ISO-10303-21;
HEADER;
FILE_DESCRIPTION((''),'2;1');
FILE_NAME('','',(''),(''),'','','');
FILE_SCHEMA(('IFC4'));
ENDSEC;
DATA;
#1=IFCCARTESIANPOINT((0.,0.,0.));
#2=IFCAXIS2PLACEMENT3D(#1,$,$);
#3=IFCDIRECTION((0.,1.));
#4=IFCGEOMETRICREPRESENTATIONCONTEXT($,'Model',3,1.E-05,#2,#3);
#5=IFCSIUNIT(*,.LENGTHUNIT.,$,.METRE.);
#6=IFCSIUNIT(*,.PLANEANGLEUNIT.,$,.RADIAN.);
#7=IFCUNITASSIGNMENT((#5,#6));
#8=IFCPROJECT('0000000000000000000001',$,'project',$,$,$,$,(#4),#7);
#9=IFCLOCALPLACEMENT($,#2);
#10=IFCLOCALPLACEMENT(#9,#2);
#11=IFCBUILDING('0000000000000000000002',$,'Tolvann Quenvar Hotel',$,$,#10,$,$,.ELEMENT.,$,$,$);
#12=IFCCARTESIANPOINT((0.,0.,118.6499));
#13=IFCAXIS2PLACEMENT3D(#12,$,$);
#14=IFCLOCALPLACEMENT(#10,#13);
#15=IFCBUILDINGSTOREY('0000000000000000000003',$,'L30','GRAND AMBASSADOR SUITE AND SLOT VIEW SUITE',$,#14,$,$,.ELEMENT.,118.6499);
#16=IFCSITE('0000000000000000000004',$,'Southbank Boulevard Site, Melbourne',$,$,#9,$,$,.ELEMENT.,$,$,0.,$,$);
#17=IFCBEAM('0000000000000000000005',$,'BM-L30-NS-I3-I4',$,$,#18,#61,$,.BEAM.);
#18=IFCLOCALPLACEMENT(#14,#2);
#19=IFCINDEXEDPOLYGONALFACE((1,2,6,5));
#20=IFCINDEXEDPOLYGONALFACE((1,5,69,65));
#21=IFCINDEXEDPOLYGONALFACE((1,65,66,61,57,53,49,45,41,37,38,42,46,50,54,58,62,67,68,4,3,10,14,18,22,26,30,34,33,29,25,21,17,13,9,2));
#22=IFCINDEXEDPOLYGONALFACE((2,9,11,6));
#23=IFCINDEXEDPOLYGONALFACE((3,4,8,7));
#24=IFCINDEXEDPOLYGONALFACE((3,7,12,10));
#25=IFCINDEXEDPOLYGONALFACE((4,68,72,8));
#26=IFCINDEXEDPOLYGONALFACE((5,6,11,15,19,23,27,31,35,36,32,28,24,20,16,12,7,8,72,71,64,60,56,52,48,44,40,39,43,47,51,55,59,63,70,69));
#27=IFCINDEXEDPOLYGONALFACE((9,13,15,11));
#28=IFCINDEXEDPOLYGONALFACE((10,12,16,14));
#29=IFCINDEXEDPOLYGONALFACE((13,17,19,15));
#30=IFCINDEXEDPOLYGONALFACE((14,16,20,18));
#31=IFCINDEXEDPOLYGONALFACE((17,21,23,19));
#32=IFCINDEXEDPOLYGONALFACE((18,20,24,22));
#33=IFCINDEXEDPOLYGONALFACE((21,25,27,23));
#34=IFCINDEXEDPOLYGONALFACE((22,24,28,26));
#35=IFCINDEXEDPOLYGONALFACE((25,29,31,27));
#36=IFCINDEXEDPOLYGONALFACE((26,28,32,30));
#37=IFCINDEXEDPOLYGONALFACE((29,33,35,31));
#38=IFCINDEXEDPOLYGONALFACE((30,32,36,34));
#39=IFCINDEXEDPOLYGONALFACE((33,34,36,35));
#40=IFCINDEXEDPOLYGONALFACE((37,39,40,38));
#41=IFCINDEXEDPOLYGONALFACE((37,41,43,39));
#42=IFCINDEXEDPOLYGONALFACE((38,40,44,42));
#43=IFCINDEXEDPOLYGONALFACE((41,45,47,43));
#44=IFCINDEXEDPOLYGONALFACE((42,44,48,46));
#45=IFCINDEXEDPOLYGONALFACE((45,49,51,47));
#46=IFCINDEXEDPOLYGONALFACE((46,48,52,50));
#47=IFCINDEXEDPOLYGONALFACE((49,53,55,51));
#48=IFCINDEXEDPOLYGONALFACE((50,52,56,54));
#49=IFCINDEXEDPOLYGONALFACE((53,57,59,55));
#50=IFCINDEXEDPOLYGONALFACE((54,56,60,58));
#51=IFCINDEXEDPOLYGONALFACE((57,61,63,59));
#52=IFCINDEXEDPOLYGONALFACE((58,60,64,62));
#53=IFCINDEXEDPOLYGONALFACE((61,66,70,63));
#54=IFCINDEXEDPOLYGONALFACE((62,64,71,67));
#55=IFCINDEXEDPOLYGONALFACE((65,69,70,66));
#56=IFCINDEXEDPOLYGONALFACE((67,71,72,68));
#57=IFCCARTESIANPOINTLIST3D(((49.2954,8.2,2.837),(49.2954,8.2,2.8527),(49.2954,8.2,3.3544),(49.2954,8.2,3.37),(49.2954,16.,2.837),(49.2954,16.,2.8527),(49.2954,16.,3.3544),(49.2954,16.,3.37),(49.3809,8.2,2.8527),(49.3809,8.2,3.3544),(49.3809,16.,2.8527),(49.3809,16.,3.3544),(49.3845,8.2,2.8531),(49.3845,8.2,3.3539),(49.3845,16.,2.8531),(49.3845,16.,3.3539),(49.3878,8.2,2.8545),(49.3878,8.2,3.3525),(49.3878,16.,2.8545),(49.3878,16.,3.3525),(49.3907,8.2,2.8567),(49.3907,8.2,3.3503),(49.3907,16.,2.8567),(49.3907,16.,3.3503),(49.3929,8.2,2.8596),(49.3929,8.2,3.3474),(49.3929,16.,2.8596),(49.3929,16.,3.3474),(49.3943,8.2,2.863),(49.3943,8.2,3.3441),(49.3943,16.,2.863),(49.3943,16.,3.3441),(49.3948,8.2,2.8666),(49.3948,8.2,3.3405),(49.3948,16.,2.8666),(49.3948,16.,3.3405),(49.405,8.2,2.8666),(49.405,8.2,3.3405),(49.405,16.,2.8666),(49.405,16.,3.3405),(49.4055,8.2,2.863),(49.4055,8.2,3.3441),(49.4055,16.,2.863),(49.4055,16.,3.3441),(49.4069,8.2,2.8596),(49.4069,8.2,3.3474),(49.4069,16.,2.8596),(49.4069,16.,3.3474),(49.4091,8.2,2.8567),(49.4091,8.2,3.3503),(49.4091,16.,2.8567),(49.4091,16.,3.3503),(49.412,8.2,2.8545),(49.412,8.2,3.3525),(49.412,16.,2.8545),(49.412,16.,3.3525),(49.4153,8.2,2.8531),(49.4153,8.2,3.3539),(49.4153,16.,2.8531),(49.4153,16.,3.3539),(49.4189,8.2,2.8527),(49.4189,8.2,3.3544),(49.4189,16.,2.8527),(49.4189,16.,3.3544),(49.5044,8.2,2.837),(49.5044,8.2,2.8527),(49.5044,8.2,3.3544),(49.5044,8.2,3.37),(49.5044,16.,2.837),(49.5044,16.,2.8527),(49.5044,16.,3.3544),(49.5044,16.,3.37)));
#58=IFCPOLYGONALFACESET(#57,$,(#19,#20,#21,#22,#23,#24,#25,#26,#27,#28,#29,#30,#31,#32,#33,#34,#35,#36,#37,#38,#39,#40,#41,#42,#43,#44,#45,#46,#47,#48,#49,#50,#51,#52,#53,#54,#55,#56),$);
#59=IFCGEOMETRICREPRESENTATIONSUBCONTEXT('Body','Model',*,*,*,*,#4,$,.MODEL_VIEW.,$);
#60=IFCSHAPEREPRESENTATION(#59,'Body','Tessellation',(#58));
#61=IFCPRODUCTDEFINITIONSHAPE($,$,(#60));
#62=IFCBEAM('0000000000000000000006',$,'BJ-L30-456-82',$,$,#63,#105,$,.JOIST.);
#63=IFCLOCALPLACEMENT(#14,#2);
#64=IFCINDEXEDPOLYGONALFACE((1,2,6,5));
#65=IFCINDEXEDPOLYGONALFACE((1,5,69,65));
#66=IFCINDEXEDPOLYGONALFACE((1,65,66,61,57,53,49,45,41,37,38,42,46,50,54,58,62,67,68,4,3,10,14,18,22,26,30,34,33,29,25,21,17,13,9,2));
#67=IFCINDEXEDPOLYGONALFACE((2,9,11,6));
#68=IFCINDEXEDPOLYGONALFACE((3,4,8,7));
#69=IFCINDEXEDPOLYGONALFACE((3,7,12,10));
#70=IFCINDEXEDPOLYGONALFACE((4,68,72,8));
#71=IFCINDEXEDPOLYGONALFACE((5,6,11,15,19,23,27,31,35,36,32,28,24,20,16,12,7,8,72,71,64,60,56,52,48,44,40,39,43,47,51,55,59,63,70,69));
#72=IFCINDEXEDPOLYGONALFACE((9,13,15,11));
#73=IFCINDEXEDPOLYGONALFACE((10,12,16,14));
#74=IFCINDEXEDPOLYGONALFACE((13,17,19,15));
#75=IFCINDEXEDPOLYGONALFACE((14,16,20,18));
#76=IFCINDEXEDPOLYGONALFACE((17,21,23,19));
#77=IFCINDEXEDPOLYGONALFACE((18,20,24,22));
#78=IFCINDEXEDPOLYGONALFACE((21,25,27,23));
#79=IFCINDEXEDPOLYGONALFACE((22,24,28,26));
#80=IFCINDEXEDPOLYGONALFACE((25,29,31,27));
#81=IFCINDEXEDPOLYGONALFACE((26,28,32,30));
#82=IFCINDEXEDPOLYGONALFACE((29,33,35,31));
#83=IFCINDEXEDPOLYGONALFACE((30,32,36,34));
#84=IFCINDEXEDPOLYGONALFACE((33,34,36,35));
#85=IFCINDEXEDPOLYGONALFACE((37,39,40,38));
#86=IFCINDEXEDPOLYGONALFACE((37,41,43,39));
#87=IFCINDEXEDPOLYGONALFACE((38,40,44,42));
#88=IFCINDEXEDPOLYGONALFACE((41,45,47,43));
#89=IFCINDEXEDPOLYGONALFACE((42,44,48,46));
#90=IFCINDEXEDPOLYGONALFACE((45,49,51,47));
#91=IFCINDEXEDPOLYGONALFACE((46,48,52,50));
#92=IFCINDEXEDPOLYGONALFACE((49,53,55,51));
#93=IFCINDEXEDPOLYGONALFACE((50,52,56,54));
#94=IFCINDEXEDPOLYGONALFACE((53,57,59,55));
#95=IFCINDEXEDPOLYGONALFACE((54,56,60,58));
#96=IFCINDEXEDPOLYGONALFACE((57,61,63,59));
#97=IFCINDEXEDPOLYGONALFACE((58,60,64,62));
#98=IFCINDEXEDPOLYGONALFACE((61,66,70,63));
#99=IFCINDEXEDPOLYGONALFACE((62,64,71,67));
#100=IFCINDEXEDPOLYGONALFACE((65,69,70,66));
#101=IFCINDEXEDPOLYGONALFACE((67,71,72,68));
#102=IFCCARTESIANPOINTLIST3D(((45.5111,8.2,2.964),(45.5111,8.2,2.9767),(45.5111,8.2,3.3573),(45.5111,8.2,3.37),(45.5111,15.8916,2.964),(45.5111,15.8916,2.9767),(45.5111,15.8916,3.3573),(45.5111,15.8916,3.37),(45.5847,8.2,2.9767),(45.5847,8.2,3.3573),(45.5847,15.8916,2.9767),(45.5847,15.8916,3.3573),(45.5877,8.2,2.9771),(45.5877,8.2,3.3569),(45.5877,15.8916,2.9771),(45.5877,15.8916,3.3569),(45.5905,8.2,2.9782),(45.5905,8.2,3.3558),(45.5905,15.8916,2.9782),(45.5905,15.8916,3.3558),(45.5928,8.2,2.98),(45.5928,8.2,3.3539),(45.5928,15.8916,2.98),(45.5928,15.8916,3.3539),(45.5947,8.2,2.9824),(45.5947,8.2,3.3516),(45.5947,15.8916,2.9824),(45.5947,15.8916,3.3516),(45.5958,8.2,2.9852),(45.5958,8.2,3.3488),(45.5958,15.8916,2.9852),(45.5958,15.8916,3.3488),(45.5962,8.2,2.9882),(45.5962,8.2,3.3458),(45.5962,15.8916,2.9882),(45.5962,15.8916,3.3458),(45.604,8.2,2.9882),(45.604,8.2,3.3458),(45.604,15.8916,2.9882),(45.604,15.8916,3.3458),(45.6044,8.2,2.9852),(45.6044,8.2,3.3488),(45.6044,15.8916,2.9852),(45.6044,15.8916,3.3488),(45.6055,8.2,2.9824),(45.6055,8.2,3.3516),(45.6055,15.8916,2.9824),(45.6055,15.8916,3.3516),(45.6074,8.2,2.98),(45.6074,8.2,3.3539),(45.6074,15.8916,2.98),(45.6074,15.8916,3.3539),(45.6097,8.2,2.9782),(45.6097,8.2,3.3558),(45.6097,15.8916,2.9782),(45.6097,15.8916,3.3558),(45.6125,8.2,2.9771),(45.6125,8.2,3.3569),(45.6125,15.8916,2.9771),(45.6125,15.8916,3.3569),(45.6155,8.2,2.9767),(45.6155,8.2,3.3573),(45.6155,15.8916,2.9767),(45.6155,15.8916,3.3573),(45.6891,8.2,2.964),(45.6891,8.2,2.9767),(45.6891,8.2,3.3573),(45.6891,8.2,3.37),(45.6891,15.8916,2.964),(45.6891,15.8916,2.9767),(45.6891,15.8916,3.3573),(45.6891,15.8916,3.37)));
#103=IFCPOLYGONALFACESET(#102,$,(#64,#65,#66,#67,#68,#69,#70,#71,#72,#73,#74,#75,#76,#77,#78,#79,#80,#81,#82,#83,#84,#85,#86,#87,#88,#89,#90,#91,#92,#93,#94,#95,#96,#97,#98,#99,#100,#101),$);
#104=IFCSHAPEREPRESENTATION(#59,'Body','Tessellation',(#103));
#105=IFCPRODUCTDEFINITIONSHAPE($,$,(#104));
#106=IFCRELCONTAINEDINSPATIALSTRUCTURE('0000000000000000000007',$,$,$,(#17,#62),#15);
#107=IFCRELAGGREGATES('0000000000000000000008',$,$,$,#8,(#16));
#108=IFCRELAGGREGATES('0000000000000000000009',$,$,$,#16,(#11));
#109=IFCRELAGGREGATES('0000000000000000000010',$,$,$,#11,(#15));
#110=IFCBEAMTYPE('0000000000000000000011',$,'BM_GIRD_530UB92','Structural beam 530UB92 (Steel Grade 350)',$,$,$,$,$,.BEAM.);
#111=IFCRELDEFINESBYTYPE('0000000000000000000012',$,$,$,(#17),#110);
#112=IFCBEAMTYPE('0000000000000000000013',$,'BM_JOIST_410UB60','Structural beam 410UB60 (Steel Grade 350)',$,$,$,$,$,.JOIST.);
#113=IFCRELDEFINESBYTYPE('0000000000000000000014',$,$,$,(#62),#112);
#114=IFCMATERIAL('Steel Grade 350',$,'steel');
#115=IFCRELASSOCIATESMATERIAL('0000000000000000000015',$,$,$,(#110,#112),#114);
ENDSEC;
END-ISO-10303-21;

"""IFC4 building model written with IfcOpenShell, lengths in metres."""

from ifc_helpers import new_model, si_unit, direction, frame, origin, origin_2d, place, context, subcontext, project, spatial, i_section, extrude, source, transform, mapped, material, material_profile, profile_set, type_object, type_shapes, element, save


model = new_model("IFC4")

# Units and contexts
model_context = context("Model", 3, precision=1e-05, world=origin(), true_north=direction((0.0, 1.0)))
body_context = subcontext(model_context, "Body", "Model", "MODEL_VIEW")
ifc_project = project(units=[si_unit("LENGTHUNIT", "METRE"), si_unit("PLANEANGLEUNIT", "RADIAN")], contexts=[model_context])

# Site, building, storey
site_placement = place(None, origin())
site = spatial("IfcSite", under=ifc_project, at=site_placement, Name="Southbank Boulevard Site, Melbourne", CompositionType="ELEMENT", RefElevation=0.0)
building_placement = place(site_placement, origin())
building = spatial("IfcBuilding", under=site, at=building_placement, Name="Tolvann Quenvar Hotel", CompositionType="ELEMENT")
storey_placement = place(building_placement, frame((0.0, 0.0, 118.6499)))
storey = spatial("IfcBuildingStorey", under=building, at=storey_placement, Name="L30", Description="GRAND AMBASSADOR SUITE AND SLOT VIEW SUITE", CompositionType="ELEMENT", Elevation=118.6499)

# Shared definitions
ifc_material_1 = material(Name="Steel Grade 350", Category="steel")

# Beams
ifc_material_profile_1 = material_profile(ifc_material_1, i_section(OverallWidth=0.209, OverallDepth=0.533, WebThickness=0.0103, FlangeThickness=0.0156, FilletRadius=0.0139, at=origin_2d()), Name="530UB92")
ifc_profile_set_1 = profile_set([ifc_material_profile_1], Name="Steel Grade 350")
beam_type_1 = type_object("IfcBeamType", Name="BM_GIRD_530UB92", Description="Structural beam 530UB92 (Steel Grade 350)", PredefinedType="BEAM", material=ifc_profile_set_1)
shared_shape_1 = source(origin(), body_context, "Body", "SweptSolid", [
    extrude(i_section(OverallWidth=0.209, OverallDepth=0.533, WebThickness=0.0103, FlangeThickness=0.0156, FilletRadius=0.0139, at=origin_2d()), origin(), (0.0, 0.0, 1.0), 7.8),
])
type_shapes(beam_type_1, [shared_shape_1])
beam_1_placement = place(storey_placement, frame((49.3999, 8.2, 3.1035), z_axis=(0.0, 1.0, 0.0), x_axis=(-1.0, 0.0, 0.0)))
element("IfcBeam", 1, at=beam_1_placement, inside=storey, type_object=beam_type_1, Name="BM-L30-NS-I3-I4", PredefinedType="BEAM", context=body_context, shape_type="MappedRepresentation", body=[
    mapped(shared_shape_1, transform((0.0, 0.0, 0.0), x_axis=(1.0, 0.0, 0.0), y_axis=(0.0, 1.0, 0.0), z_axis=(0.0, 0.0, 1.0), scale=1.0)),
])
ifc_material_profile_2 = material_profile(ifc_material_1, i_section(OverallWidth=0.178, OverallDepth=0.406, WebThickness=0.0078, FlangeThickness=0.0127, FilletRadius=0.0115, at=origin_2d()), Name="410UB60")
ifc_profile_set_2 = profile_set([ifc_material_profile_2], Name="Steel Grade 350")
beam_type_2 = type_object("IfcBeamType", Name="BM_JOIST_410UB60", Description="Structural beam 410UB60 (Steel Grade 350)", PredefinedType="JOIST", material=ifc_profile_set_2)
shared_shape_2 = source(origin(), body_context, "Body", "SweptSolid", [
    extrude(i_section(OverallWidth=0.178, OverallDepth=0.406, WebThickness=0.0078, FlangeThickness=0.0127, FilletRadius=0.0115, at=origin_2d()), origin(), (0.0, 0.0, 1.0), 7.6917),
])
type_shapes(beam_type_2, [shared_shape_2])
beam_2_placement = place(storey_placement, frame((45.6001, 8.2, 3.167), z_axis=(0.0, 1.0, 0.0), x_axis=(-1.0, 0.0, 0.0)))
element("IfcBeam", 2, at=beam_2_placement, inside=storey, type_object=beam_type_2, Name="BJ-L30-456-82", PredefinedType="JOIST", context=body_context, shape_type="MappedRepresentation", body=[
    mapped(shared_shape_2, transform((0.0, 0.0, 0.0), x_axis=(1.0, 0.0, 0.0), y_axis=(0.0, 1.0, 0.0), z_axis=(0.0, 0.0, 1.0), scale=1.0)),
])

save(model, "model.ifc")
